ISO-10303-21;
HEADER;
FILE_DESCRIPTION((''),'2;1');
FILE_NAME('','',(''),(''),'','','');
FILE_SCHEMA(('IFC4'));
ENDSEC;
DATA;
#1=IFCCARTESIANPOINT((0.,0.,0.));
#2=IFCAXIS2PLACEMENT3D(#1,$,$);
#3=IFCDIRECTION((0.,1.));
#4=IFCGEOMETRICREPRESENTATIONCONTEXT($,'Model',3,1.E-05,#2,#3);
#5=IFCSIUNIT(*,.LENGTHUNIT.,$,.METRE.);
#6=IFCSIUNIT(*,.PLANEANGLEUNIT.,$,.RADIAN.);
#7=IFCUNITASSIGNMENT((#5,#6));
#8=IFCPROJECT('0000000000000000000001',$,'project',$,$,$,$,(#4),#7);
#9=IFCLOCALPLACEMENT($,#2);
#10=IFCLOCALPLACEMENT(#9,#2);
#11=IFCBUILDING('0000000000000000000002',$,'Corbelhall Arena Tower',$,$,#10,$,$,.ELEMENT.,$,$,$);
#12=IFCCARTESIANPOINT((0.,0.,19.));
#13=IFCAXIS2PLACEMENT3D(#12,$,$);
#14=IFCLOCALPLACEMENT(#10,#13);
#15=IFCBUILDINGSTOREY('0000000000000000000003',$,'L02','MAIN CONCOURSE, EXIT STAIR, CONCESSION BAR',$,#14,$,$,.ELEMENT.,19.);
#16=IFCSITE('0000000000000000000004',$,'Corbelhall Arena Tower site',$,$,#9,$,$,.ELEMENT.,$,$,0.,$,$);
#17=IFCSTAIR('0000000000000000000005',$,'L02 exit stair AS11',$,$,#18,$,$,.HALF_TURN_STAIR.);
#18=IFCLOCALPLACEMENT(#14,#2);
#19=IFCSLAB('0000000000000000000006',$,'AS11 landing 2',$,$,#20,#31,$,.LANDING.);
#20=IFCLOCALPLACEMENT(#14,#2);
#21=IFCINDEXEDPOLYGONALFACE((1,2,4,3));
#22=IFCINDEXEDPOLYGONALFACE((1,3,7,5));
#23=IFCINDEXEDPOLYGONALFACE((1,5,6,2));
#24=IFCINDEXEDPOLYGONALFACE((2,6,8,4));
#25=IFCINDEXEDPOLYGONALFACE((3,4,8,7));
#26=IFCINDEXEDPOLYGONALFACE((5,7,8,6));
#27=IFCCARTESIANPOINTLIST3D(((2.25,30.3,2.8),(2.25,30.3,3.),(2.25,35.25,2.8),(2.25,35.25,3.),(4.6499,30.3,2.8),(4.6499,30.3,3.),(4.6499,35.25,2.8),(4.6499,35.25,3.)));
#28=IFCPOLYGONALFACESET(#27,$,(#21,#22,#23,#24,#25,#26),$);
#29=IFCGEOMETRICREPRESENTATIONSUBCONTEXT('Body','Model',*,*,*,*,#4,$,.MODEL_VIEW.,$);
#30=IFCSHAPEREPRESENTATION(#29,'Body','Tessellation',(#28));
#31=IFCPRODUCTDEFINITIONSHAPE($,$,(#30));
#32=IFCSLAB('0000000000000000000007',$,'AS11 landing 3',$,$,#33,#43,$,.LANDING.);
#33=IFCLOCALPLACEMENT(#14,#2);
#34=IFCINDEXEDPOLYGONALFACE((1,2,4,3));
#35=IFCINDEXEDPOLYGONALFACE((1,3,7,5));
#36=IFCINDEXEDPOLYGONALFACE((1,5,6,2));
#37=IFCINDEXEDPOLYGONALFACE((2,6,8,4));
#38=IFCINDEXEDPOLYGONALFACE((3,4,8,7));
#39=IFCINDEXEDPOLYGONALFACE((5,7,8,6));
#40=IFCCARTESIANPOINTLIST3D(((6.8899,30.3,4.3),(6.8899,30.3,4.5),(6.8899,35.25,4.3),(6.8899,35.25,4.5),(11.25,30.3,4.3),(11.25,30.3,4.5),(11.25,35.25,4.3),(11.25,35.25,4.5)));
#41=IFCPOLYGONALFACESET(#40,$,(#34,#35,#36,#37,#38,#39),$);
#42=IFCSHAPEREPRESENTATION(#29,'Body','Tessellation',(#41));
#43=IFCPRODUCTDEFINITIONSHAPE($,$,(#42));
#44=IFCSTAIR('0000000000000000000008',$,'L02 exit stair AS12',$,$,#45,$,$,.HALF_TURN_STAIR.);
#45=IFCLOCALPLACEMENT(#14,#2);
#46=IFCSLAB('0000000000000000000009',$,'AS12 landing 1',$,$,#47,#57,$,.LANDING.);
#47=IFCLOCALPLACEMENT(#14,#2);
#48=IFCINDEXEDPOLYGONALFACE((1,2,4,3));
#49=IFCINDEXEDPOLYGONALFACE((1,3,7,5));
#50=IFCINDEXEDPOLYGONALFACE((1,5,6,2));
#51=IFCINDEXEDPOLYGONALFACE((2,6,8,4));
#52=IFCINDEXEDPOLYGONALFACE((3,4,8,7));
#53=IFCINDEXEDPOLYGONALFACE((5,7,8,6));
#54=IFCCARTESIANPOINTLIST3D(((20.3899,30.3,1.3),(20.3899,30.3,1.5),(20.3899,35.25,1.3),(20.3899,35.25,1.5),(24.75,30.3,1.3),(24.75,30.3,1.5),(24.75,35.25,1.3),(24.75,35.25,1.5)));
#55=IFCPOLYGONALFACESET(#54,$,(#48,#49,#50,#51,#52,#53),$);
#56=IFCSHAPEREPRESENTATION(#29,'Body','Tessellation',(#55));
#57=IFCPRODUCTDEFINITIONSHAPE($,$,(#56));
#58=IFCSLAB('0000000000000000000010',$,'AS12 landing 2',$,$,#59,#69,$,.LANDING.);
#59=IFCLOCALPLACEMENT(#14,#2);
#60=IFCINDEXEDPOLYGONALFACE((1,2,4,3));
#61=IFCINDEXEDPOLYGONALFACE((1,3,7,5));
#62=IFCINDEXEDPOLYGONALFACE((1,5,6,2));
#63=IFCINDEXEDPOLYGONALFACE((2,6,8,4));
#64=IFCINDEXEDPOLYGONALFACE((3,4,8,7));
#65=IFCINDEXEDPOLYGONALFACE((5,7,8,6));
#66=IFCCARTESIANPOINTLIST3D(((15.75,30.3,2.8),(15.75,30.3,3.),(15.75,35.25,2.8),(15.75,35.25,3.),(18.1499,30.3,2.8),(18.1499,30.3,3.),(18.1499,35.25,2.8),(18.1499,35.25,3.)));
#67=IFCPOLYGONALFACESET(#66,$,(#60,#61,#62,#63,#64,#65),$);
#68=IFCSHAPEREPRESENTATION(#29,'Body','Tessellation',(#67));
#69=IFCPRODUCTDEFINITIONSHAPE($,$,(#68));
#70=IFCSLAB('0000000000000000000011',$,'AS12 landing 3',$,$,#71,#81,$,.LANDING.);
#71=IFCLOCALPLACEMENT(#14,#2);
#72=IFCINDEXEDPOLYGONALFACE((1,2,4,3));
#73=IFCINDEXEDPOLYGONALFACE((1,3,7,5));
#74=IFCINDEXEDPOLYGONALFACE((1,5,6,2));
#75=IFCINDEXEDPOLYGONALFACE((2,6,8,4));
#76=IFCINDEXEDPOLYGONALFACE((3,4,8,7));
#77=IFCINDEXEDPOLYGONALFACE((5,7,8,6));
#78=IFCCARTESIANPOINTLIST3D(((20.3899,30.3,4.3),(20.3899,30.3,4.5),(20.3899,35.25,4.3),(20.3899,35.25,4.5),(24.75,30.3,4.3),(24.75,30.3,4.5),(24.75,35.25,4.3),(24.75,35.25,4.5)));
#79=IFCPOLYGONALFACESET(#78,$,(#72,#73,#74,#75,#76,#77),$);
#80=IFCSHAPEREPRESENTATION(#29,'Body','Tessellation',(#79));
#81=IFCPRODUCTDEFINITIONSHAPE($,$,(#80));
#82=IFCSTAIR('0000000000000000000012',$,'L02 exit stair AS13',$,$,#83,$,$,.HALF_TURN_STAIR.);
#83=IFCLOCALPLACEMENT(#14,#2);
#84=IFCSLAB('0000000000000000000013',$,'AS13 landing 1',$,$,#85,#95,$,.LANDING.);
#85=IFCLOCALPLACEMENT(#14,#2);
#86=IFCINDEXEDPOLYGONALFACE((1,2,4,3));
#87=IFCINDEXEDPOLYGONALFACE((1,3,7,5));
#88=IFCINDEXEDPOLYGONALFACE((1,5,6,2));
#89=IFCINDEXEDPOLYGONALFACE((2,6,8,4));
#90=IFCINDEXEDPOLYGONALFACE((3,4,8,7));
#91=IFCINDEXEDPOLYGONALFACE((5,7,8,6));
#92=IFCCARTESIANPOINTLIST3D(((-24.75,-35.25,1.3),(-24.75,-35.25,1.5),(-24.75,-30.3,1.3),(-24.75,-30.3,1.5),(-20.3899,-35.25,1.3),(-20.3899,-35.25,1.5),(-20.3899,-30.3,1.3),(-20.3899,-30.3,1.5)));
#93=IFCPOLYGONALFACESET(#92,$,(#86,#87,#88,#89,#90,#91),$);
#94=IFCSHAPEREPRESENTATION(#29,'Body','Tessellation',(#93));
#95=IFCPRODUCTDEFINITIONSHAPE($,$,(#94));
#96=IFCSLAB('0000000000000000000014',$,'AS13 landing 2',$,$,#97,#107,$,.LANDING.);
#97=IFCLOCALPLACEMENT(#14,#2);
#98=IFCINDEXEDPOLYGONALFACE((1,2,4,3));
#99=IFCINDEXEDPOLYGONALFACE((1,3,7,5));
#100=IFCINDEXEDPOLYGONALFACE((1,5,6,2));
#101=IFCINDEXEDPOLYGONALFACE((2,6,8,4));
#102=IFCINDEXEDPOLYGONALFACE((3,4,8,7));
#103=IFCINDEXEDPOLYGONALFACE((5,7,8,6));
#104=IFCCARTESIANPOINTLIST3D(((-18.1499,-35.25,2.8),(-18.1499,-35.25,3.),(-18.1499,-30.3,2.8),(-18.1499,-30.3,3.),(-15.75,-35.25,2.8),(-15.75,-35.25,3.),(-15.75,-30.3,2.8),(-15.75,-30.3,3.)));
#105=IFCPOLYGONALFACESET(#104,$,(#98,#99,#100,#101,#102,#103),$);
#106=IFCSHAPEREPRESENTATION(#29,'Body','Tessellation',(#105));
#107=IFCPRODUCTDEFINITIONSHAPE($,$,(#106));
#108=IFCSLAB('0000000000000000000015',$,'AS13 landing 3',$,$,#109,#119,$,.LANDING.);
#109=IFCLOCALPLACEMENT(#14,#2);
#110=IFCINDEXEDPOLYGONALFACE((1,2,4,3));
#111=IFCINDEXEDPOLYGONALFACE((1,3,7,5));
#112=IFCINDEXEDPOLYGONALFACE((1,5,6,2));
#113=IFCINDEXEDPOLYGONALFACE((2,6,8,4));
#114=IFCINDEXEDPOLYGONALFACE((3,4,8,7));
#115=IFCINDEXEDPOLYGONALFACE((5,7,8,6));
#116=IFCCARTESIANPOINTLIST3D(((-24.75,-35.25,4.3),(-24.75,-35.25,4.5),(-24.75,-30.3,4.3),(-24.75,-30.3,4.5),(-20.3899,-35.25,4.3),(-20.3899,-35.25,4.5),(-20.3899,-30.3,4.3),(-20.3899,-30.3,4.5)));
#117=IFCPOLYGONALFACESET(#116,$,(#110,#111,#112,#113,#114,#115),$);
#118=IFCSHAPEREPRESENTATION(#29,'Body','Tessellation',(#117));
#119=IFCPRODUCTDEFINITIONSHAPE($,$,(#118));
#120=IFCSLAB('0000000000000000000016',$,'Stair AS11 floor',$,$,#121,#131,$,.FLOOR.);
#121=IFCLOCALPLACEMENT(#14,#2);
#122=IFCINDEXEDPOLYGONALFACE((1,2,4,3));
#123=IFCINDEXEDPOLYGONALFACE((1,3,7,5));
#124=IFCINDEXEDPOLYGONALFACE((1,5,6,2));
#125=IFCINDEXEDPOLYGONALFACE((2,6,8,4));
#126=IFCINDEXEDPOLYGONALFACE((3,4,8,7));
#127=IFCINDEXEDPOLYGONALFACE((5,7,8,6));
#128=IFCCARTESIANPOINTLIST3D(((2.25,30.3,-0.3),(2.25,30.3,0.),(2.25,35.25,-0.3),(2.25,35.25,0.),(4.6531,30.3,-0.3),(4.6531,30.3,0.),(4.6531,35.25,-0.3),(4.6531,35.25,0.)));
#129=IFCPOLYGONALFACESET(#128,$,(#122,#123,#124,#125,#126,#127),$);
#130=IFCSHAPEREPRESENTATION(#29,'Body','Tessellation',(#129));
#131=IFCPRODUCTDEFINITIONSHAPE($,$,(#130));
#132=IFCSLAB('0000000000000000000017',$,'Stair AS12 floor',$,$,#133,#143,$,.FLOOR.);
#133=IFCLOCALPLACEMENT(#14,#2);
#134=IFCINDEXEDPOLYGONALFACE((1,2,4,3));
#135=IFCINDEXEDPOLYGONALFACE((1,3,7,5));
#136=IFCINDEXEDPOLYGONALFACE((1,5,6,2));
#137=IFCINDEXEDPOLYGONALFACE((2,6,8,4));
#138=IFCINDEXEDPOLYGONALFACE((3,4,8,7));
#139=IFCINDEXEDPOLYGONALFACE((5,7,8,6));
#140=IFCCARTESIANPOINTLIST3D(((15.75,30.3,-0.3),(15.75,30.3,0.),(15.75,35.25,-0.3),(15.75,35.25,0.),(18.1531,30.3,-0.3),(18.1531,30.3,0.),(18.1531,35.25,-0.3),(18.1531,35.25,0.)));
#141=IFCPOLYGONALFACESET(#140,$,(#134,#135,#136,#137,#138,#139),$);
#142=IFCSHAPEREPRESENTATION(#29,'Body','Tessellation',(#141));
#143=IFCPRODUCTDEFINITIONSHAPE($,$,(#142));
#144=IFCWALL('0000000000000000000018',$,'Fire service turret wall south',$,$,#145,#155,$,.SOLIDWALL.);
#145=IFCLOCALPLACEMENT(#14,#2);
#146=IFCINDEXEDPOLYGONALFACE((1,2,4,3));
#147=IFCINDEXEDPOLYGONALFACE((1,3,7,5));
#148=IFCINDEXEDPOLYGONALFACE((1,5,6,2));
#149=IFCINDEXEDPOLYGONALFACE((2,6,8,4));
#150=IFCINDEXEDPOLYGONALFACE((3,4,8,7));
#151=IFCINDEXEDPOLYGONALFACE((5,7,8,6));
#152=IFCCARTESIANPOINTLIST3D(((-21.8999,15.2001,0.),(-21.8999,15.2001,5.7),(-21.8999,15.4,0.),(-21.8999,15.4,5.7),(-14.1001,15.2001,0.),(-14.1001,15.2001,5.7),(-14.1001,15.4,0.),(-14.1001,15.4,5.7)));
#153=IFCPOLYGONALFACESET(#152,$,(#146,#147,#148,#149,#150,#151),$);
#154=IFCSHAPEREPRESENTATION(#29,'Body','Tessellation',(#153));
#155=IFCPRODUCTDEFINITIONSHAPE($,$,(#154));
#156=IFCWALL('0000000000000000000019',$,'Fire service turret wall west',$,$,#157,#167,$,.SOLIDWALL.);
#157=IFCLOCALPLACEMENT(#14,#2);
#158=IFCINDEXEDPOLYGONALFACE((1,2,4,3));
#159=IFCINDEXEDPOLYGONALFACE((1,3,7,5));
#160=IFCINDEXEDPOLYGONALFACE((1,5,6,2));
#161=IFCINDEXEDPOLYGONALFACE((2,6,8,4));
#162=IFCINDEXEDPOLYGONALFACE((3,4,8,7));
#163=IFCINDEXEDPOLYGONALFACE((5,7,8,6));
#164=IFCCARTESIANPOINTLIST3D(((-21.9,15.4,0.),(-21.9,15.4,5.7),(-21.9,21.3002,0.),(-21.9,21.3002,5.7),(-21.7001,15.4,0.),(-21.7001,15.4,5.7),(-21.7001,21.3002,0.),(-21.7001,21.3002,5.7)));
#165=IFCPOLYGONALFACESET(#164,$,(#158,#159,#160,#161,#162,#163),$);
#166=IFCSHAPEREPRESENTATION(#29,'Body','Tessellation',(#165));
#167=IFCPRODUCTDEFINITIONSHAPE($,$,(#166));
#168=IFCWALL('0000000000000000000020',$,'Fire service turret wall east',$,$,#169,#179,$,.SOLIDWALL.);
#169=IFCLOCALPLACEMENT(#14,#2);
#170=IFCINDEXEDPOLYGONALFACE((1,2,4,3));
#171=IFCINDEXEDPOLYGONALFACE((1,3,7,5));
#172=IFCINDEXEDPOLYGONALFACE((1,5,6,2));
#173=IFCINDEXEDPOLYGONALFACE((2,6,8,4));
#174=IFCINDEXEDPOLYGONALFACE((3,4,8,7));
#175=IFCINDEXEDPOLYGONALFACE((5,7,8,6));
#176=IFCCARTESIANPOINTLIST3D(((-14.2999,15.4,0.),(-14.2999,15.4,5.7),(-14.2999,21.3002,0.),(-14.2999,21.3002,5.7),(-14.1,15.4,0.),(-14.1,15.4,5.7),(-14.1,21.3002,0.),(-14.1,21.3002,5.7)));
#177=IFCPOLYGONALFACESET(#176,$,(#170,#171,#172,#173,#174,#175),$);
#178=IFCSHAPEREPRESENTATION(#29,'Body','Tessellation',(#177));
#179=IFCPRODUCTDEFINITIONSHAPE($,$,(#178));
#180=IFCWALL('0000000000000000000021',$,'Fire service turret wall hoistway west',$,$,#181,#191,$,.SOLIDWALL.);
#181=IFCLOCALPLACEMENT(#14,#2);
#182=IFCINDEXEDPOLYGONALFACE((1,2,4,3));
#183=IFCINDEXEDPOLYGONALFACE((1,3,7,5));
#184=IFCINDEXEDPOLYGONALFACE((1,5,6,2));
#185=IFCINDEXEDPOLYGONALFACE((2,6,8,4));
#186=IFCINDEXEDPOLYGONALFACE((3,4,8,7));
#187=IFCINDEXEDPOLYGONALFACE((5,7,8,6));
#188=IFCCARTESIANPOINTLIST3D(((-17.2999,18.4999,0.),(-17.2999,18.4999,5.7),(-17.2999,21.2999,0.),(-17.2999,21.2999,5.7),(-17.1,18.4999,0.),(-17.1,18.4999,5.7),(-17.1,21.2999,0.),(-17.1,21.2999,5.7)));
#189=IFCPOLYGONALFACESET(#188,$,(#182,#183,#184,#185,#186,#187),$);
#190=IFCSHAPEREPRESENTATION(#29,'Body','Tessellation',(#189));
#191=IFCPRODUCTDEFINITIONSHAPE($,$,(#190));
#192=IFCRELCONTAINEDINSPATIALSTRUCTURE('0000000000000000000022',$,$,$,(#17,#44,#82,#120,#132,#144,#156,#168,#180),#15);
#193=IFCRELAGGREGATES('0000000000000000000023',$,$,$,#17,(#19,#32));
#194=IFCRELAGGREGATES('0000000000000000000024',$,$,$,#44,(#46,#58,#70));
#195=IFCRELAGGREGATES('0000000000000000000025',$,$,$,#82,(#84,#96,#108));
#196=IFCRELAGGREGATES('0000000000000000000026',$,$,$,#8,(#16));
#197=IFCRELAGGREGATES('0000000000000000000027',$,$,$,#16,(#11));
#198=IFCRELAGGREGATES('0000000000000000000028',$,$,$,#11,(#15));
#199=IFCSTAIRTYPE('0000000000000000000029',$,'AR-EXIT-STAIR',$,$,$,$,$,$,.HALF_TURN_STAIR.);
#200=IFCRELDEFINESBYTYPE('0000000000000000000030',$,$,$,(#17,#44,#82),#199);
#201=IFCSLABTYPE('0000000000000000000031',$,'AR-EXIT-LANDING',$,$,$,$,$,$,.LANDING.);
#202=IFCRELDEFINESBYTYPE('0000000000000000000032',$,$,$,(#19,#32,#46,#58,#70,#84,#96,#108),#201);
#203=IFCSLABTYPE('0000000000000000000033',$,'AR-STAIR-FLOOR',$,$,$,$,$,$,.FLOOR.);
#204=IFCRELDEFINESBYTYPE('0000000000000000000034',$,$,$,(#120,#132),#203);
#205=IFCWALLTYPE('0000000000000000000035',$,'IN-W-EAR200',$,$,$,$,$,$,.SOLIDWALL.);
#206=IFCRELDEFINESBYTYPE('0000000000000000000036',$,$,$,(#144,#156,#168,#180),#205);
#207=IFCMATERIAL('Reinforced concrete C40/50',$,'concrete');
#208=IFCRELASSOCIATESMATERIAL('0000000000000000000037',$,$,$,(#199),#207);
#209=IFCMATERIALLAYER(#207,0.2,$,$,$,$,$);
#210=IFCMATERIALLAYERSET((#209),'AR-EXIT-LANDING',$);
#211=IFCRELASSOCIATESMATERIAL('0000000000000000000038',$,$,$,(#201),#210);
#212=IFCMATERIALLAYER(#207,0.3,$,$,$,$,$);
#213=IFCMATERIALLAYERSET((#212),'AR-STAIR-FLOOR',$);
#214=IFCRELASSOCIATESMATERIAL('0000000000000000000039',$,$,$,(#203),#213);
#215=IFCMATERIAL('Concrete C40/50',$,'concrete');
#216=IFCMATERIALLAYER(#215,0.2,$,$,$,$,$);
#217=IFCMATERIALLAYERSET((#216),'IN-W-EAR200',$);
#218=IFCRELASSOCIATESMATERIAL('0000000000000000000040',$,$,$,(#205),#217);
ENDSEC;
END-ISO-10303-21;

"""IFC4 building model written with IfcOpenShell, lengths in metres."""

from ifc_helpers import new_model, si_unit, direction, frame, frame_2d, origin, place, context, subcontext, project, spatial, polyline, rectangle, outline, extrude, material, layer, layer_set, type_object, element, aggregate, save


model = new_model("IFC4")

# Units and contexts
model_context = context("Model", 3, precision=1e-05, world=origin(), true_north=direction((0.0, 1.0)))
body_context = subcontext(model_context, "Body", "Model", "MODEL_VIEW")
ifc_project = project(units=[si_unit("LENGTHUNIT", "METRE"), si_unit("PLANEANGLEUNIT", "RADIAN")], contexts=[model_context])

# Site, building, storey
site_placement = place(None, origin())
site = spatial("IfcSite", under=ifc_project, at=site_placement, Name="Corbelhall Arena Tower site", CompositionType="ELEMENT", RefElevation=0.0)
building_placement = place(site_placement, origin())
building = spatial("IfcBuilding", under=site, at=building_placement, Name="Corbelhall Arena Tower", CompositionType="ELEMENT")
storey_placement = place(building_placement, frame((0.0, 0.0, 19.0)))
storey = spatial("IfcBuildingStorey", under=building, at=storey_placement, Name="L02", Description="MAIN CONCOURSE, EXIT STAIR, CONCESSION BAR", CompositionType="ELEMENT", Elevation=19.0)

# Stairs, slabs
ifc_material_1 = material(Name="Reinforced concrete C40/50", Category="concrete")
stair_type_1 = type_object("IfcStairType", Name="AR-EXIT-STAIR", PredefinedType="HALF_TURN_STAIR", material=ifc_material_1)
stair_1_placement = place(storey_placement, origin())
stair_1 = element("IfcStair", 1, at=stair_1_placement, inside=storey, type_object=stair_type_1, Name="L02 exit stair AS11", PredefinedType="HALF_TURN_STAIR")
ifc_layer_1 = layer(ifc_material_1, 0.2)
ifc_layer_set_1 = layer_set([ifc_layer_1], Name="AR-EXIT-LANDING")
slab_type_1 = type_object("IfcSlabType", Name="AR-EXIT-LANDING", PredefinedType="LANDING", material=ifc_layer_set_1)
slab_1_placement = place(storey_placement, frame((0.0, 0.0, 2.8)))
slab_1 = element("IfcSlab", 2, at=slab_1_placement, type_object=slab_type_1, Name="AS11 landing 2", PredefinedType="LANDING", context=body_context, shape_type="SweptSolid", body=[
    extrude(outline(polyline([(2.25, 30.3), (4.6499, 30.3), (4.6499, 35.25), (2.25, 35.25), (2.25, 30.3)])), origin(), (0.0, 0.0, 1.0), 0.2),
])
slab_2_placement = place(storey_placement, frame((0.0, 0.0, 4.3)))
slab_2 = element("IfcSlab", 3, at=slab_2_placement, type_object=slab_type_1, Name="AS11 landing 3", PredefinedType="LANDING", context=body_context, shape_type="SweptSolid", body=[
    extrude(outline(polyline([(6.8899, 30.3), (11.25, 30.3), (11.25, 35.25), (6.8899, 35.25), (6.8899, 30.3)])), origin(), (0.0, 0.0, 1.0), 0.2),
])
aggregate(stair_1, [slab_1, slab_2])
stair_2_placement = place(storey_placement, origin())
stair_2 = element("IfcStair", 4, at=stair_2_placement, inside=storey, type_object=stair_type_1, Name="L02 exit stair AS12", PredefinedType="HALF_TURN_STAIR")
slab_3_placement = place(storey_placement, frame((0.0, 0.0, 1.3)))
slab_3 = element("IfcSlab", 5, at=slab_3_placement, type_object=slab_type_1, Name="AS12 landing 1", PredefinedType="LANDING", context=body_context, shape_type="SweptSolid", body=[
    extrude(outline(polyline([(20.3899, 30.3), (24.75, 30.3), (24.75, 35.25), (20.3899, 35.25), (20.3899, 30.3)])), origin(), (0.0, 0.0, 1.0), 0.2),
])
slab_4_placement = place(storey_placement, frame((0.0, 0.0, 2.8)))
slab_4 = element("IfcSlab", 6, at=slab_4_placement, type_object=slab_type_1, Name="AS12 landing 2", PredefinedType="LANDING", context=body_context, shape_type="SweptSolid", body=[
    extrude(outline(polyline([(15.75, 30.3), (18.1499, 30.3), (18.1499, 35.25), (15.75, 35.25), (15.75, 30.3)])), origin(), (0.0, 0.0, 1.0), 0.2),
])
slab_5_placement = place(storey_placement, frame((0.0, 0.0, 4.3)))
slab_5 = element("IfcSlab", 7, at=slab_5_placement, type_object=slab_type_1, Name="AS12 landing 3", PredefinedType="LANDING", context=body_context, shape_type="SweptSolid", body=[
    extrude(outline(polyline([(20.3899, 30.3), (24.75, 30.3), (24.75, 35.25), (20.3899, 35.25), (20.3899, 30.3)])), origin(), (0.0, 0.0, 1.0), 0.2),
])
aggregate(stair_2, [slab_3, slab_4, slab_5])
stair_3_placement = place(storey_placement, origin())
stair_3 = element("IfcStair", 8, at=stair_3_placement, inside=storey, type_object=stair_type_1, Name="L02 exit stair AS13", PredefinedType="HALF_TURN_STAIR")
slab_6_placement = place(storey_placement, frame((0.0, 0.0, 1.3)))
slab_6 = element("IfcSlab", 9, at=slab_6_placement, type_object=slab_type_1, Name="AS13 landing 1", PredefinedType="LANDING", context=body_context, shape_type="SweptSolid", body=[
    extrude(outline(polyline([(-20.3899, -30.3), (-24.75, -30.3), (-24.75, -35.25), (-20.3899, -35.25), (-20.3899, -30.3)])), origin(), (0.0, 0.0, 1.0), 0.2),
])
slab_7_placement = place(storey_placement, frame((0.0, 0.0, 2.8)))
slab_7 = element("IfcSlab", 10, at=slab_7_placement, type_object=slab_type_1, Name="AS13 landing 2", PredefinedType="LANDING", context=body_context, shape_type="SweptSolid", body=[
    extrude(outline(polyline([(-15.75, -30.3), (-18.1499, -30.3), (-18.1499, -35.25), (-15.75, -35.25), (-15.75, -30.3)])), origin(), (0.0, 0.0, 1.0), 0.2),
])
slab_8_placement = place(storey_placement, frame((0.0, 0.0, 4.3)))
slab_8 = element("IfcSlab", 11, at=slab_8_placement, type_object=slab_type_1, Name="AS13 landing 3", PredefinedType="LANDING", context=body_context, shape_type="SweptSolid", body=[
    extrude(outline(polyline([(-20.3899, -30.3), (-24.75, -30.3), (-24.75, -35.25), (-20.3899, -35.25), (-20.3899, -30.3)])), origin(), (0.0, 0.0, 1.0), 0.2),
])
aggregate(stair_3, [slab_6, slab_7, slab_8])

# Slabs
ifc_layer_2 = layer(ifc_material_1, 0.3)
ifc_layer_set_2 = layer_set([ifc_layer_2], Name="AR-STAIR-FLOOR")
slab_type_2 = type_object("IfcSlabType", Name="AR-STAIR-FLOOR", PredefinedType="FLOOR", material=ifc_layer_set_2)
slab_9_placement = place(storey_placement, frame((0.0, 0.0, -0.3)))
element("IfcSlab", 12, at=slab_9_placement, inside=storey, type_object=slab_type_2, Name="Stair AS11 floor", PredefinedType="FLOOR", context=body_context, shape_type="SweptSolid", body=[
    extrude(outline(polyline([(2.25, 30.3), (2.25, 35.25), (4.6531, 35.25), (4.6531, 30.3), (2.25, 30.3)])), origin(), (0.0, 0.0, 1.0), 0.3),
])
slab_10_placement = place(storey_placement, frame((0.0, 0.0, -0.3)))
element("IfcSlab", 13, at=slab_10_placement, inside=storey, type_object=slab_type_2, Name="Stair AS12 floor", PredefinedType="FLOOR", context=body_context, shape_type="SweptSolid", body=[
    extrude(outline(polyline([(15.75, 30.3), (15.75, 35.25), (18.1531, 35.25), (18.1531, 30.3), (15.75, 30.3)])), origin(), (0.0, 0.0, 1.0), 0.3),
])

# Walls
ifc_material_2 = material(Name="Concrete C40/50", Category="concrete")
ifc_layer_3 = layer(ifc_material_2, 0.2)
ifc_layer_set_3 = layer_set([ifc_layer_3], Name="IN-W-EAR200")
wall_type = type_object("IfcWallType", Name="IN-W-EAR200", PredefinedType="SOLIDWALL", material=ifc_layer_set_3)
wall_1_placement = place(storey_placement, frame((-21.8999, 15.3, 0.0), z_axis=(0.0, 0.0, 1.0), x_axis=(1.0, 0.0, 0.0)))
element("IfcWall", 14, at=wall_1_placement, inside=storey, type_object=wall_type, Name="Fire service turret wall south", PredefinedType="SOLIDWALL", context=body_context, shape_type="SweptSolid", body=[
    extrude(rectangle(XDim=7.7998, YDim=0.2, at=frame_2d((3.8999, 0.0))), origin(), (0.0, 0.0, 1.0), 5.7),
])
for number, where, z_axis, x_axis, name in (
    (15, (-21.8, 15.3999, 0.0), (0.0, 0.0, 1.0), (0.0, 1.0, 0.0), "Fire service turret wall west"),
    (16, (-14.2, 15.3999, 0.0), (0.0, 0.0, 1.0), (0.0, 1.0, 0.0), "Fire service turret wall east"),
):
    element("IfcWall", number, at=place(storey_placement, frame(where, z_axis=z_axis, x_axis=x_axis)), inside=storey, type_object=wall_type, Name=name, PredefinedType="SOLIDWALL", context=body_context, shape_type="SweptSolid", body=[
        extrude(rectangle(XDim=5.9001, YDim=0.2, at=frame_2d((2.9502, 0.0))), origin(), (0.0, 0.0, 1.0), 5.7),
    ])

# Wall
wall_2_placement = place(storey_placement, frame((-17.2, 18.5, 0.0), z_axis=(0.0, 0.0, 1.0), x_axis=(0.0, 1.0, 0.0)))
element("IfcWall", 17, at=wall_2_placement, inside=storey, type_object=wall_type, Name="Fire service turret wall hoistway west", PredefinedType="SOLIDWALL", context=body_context, shape_type="SweptSolid", body=[
    extrude(rectangle(XDim=2.8, YDim=0.2, at=frame_2d((1.3999, 0.0))), origin(), (0.0, 0.0, 1.0), 5.7),
])

save(model, "model.ifc")
